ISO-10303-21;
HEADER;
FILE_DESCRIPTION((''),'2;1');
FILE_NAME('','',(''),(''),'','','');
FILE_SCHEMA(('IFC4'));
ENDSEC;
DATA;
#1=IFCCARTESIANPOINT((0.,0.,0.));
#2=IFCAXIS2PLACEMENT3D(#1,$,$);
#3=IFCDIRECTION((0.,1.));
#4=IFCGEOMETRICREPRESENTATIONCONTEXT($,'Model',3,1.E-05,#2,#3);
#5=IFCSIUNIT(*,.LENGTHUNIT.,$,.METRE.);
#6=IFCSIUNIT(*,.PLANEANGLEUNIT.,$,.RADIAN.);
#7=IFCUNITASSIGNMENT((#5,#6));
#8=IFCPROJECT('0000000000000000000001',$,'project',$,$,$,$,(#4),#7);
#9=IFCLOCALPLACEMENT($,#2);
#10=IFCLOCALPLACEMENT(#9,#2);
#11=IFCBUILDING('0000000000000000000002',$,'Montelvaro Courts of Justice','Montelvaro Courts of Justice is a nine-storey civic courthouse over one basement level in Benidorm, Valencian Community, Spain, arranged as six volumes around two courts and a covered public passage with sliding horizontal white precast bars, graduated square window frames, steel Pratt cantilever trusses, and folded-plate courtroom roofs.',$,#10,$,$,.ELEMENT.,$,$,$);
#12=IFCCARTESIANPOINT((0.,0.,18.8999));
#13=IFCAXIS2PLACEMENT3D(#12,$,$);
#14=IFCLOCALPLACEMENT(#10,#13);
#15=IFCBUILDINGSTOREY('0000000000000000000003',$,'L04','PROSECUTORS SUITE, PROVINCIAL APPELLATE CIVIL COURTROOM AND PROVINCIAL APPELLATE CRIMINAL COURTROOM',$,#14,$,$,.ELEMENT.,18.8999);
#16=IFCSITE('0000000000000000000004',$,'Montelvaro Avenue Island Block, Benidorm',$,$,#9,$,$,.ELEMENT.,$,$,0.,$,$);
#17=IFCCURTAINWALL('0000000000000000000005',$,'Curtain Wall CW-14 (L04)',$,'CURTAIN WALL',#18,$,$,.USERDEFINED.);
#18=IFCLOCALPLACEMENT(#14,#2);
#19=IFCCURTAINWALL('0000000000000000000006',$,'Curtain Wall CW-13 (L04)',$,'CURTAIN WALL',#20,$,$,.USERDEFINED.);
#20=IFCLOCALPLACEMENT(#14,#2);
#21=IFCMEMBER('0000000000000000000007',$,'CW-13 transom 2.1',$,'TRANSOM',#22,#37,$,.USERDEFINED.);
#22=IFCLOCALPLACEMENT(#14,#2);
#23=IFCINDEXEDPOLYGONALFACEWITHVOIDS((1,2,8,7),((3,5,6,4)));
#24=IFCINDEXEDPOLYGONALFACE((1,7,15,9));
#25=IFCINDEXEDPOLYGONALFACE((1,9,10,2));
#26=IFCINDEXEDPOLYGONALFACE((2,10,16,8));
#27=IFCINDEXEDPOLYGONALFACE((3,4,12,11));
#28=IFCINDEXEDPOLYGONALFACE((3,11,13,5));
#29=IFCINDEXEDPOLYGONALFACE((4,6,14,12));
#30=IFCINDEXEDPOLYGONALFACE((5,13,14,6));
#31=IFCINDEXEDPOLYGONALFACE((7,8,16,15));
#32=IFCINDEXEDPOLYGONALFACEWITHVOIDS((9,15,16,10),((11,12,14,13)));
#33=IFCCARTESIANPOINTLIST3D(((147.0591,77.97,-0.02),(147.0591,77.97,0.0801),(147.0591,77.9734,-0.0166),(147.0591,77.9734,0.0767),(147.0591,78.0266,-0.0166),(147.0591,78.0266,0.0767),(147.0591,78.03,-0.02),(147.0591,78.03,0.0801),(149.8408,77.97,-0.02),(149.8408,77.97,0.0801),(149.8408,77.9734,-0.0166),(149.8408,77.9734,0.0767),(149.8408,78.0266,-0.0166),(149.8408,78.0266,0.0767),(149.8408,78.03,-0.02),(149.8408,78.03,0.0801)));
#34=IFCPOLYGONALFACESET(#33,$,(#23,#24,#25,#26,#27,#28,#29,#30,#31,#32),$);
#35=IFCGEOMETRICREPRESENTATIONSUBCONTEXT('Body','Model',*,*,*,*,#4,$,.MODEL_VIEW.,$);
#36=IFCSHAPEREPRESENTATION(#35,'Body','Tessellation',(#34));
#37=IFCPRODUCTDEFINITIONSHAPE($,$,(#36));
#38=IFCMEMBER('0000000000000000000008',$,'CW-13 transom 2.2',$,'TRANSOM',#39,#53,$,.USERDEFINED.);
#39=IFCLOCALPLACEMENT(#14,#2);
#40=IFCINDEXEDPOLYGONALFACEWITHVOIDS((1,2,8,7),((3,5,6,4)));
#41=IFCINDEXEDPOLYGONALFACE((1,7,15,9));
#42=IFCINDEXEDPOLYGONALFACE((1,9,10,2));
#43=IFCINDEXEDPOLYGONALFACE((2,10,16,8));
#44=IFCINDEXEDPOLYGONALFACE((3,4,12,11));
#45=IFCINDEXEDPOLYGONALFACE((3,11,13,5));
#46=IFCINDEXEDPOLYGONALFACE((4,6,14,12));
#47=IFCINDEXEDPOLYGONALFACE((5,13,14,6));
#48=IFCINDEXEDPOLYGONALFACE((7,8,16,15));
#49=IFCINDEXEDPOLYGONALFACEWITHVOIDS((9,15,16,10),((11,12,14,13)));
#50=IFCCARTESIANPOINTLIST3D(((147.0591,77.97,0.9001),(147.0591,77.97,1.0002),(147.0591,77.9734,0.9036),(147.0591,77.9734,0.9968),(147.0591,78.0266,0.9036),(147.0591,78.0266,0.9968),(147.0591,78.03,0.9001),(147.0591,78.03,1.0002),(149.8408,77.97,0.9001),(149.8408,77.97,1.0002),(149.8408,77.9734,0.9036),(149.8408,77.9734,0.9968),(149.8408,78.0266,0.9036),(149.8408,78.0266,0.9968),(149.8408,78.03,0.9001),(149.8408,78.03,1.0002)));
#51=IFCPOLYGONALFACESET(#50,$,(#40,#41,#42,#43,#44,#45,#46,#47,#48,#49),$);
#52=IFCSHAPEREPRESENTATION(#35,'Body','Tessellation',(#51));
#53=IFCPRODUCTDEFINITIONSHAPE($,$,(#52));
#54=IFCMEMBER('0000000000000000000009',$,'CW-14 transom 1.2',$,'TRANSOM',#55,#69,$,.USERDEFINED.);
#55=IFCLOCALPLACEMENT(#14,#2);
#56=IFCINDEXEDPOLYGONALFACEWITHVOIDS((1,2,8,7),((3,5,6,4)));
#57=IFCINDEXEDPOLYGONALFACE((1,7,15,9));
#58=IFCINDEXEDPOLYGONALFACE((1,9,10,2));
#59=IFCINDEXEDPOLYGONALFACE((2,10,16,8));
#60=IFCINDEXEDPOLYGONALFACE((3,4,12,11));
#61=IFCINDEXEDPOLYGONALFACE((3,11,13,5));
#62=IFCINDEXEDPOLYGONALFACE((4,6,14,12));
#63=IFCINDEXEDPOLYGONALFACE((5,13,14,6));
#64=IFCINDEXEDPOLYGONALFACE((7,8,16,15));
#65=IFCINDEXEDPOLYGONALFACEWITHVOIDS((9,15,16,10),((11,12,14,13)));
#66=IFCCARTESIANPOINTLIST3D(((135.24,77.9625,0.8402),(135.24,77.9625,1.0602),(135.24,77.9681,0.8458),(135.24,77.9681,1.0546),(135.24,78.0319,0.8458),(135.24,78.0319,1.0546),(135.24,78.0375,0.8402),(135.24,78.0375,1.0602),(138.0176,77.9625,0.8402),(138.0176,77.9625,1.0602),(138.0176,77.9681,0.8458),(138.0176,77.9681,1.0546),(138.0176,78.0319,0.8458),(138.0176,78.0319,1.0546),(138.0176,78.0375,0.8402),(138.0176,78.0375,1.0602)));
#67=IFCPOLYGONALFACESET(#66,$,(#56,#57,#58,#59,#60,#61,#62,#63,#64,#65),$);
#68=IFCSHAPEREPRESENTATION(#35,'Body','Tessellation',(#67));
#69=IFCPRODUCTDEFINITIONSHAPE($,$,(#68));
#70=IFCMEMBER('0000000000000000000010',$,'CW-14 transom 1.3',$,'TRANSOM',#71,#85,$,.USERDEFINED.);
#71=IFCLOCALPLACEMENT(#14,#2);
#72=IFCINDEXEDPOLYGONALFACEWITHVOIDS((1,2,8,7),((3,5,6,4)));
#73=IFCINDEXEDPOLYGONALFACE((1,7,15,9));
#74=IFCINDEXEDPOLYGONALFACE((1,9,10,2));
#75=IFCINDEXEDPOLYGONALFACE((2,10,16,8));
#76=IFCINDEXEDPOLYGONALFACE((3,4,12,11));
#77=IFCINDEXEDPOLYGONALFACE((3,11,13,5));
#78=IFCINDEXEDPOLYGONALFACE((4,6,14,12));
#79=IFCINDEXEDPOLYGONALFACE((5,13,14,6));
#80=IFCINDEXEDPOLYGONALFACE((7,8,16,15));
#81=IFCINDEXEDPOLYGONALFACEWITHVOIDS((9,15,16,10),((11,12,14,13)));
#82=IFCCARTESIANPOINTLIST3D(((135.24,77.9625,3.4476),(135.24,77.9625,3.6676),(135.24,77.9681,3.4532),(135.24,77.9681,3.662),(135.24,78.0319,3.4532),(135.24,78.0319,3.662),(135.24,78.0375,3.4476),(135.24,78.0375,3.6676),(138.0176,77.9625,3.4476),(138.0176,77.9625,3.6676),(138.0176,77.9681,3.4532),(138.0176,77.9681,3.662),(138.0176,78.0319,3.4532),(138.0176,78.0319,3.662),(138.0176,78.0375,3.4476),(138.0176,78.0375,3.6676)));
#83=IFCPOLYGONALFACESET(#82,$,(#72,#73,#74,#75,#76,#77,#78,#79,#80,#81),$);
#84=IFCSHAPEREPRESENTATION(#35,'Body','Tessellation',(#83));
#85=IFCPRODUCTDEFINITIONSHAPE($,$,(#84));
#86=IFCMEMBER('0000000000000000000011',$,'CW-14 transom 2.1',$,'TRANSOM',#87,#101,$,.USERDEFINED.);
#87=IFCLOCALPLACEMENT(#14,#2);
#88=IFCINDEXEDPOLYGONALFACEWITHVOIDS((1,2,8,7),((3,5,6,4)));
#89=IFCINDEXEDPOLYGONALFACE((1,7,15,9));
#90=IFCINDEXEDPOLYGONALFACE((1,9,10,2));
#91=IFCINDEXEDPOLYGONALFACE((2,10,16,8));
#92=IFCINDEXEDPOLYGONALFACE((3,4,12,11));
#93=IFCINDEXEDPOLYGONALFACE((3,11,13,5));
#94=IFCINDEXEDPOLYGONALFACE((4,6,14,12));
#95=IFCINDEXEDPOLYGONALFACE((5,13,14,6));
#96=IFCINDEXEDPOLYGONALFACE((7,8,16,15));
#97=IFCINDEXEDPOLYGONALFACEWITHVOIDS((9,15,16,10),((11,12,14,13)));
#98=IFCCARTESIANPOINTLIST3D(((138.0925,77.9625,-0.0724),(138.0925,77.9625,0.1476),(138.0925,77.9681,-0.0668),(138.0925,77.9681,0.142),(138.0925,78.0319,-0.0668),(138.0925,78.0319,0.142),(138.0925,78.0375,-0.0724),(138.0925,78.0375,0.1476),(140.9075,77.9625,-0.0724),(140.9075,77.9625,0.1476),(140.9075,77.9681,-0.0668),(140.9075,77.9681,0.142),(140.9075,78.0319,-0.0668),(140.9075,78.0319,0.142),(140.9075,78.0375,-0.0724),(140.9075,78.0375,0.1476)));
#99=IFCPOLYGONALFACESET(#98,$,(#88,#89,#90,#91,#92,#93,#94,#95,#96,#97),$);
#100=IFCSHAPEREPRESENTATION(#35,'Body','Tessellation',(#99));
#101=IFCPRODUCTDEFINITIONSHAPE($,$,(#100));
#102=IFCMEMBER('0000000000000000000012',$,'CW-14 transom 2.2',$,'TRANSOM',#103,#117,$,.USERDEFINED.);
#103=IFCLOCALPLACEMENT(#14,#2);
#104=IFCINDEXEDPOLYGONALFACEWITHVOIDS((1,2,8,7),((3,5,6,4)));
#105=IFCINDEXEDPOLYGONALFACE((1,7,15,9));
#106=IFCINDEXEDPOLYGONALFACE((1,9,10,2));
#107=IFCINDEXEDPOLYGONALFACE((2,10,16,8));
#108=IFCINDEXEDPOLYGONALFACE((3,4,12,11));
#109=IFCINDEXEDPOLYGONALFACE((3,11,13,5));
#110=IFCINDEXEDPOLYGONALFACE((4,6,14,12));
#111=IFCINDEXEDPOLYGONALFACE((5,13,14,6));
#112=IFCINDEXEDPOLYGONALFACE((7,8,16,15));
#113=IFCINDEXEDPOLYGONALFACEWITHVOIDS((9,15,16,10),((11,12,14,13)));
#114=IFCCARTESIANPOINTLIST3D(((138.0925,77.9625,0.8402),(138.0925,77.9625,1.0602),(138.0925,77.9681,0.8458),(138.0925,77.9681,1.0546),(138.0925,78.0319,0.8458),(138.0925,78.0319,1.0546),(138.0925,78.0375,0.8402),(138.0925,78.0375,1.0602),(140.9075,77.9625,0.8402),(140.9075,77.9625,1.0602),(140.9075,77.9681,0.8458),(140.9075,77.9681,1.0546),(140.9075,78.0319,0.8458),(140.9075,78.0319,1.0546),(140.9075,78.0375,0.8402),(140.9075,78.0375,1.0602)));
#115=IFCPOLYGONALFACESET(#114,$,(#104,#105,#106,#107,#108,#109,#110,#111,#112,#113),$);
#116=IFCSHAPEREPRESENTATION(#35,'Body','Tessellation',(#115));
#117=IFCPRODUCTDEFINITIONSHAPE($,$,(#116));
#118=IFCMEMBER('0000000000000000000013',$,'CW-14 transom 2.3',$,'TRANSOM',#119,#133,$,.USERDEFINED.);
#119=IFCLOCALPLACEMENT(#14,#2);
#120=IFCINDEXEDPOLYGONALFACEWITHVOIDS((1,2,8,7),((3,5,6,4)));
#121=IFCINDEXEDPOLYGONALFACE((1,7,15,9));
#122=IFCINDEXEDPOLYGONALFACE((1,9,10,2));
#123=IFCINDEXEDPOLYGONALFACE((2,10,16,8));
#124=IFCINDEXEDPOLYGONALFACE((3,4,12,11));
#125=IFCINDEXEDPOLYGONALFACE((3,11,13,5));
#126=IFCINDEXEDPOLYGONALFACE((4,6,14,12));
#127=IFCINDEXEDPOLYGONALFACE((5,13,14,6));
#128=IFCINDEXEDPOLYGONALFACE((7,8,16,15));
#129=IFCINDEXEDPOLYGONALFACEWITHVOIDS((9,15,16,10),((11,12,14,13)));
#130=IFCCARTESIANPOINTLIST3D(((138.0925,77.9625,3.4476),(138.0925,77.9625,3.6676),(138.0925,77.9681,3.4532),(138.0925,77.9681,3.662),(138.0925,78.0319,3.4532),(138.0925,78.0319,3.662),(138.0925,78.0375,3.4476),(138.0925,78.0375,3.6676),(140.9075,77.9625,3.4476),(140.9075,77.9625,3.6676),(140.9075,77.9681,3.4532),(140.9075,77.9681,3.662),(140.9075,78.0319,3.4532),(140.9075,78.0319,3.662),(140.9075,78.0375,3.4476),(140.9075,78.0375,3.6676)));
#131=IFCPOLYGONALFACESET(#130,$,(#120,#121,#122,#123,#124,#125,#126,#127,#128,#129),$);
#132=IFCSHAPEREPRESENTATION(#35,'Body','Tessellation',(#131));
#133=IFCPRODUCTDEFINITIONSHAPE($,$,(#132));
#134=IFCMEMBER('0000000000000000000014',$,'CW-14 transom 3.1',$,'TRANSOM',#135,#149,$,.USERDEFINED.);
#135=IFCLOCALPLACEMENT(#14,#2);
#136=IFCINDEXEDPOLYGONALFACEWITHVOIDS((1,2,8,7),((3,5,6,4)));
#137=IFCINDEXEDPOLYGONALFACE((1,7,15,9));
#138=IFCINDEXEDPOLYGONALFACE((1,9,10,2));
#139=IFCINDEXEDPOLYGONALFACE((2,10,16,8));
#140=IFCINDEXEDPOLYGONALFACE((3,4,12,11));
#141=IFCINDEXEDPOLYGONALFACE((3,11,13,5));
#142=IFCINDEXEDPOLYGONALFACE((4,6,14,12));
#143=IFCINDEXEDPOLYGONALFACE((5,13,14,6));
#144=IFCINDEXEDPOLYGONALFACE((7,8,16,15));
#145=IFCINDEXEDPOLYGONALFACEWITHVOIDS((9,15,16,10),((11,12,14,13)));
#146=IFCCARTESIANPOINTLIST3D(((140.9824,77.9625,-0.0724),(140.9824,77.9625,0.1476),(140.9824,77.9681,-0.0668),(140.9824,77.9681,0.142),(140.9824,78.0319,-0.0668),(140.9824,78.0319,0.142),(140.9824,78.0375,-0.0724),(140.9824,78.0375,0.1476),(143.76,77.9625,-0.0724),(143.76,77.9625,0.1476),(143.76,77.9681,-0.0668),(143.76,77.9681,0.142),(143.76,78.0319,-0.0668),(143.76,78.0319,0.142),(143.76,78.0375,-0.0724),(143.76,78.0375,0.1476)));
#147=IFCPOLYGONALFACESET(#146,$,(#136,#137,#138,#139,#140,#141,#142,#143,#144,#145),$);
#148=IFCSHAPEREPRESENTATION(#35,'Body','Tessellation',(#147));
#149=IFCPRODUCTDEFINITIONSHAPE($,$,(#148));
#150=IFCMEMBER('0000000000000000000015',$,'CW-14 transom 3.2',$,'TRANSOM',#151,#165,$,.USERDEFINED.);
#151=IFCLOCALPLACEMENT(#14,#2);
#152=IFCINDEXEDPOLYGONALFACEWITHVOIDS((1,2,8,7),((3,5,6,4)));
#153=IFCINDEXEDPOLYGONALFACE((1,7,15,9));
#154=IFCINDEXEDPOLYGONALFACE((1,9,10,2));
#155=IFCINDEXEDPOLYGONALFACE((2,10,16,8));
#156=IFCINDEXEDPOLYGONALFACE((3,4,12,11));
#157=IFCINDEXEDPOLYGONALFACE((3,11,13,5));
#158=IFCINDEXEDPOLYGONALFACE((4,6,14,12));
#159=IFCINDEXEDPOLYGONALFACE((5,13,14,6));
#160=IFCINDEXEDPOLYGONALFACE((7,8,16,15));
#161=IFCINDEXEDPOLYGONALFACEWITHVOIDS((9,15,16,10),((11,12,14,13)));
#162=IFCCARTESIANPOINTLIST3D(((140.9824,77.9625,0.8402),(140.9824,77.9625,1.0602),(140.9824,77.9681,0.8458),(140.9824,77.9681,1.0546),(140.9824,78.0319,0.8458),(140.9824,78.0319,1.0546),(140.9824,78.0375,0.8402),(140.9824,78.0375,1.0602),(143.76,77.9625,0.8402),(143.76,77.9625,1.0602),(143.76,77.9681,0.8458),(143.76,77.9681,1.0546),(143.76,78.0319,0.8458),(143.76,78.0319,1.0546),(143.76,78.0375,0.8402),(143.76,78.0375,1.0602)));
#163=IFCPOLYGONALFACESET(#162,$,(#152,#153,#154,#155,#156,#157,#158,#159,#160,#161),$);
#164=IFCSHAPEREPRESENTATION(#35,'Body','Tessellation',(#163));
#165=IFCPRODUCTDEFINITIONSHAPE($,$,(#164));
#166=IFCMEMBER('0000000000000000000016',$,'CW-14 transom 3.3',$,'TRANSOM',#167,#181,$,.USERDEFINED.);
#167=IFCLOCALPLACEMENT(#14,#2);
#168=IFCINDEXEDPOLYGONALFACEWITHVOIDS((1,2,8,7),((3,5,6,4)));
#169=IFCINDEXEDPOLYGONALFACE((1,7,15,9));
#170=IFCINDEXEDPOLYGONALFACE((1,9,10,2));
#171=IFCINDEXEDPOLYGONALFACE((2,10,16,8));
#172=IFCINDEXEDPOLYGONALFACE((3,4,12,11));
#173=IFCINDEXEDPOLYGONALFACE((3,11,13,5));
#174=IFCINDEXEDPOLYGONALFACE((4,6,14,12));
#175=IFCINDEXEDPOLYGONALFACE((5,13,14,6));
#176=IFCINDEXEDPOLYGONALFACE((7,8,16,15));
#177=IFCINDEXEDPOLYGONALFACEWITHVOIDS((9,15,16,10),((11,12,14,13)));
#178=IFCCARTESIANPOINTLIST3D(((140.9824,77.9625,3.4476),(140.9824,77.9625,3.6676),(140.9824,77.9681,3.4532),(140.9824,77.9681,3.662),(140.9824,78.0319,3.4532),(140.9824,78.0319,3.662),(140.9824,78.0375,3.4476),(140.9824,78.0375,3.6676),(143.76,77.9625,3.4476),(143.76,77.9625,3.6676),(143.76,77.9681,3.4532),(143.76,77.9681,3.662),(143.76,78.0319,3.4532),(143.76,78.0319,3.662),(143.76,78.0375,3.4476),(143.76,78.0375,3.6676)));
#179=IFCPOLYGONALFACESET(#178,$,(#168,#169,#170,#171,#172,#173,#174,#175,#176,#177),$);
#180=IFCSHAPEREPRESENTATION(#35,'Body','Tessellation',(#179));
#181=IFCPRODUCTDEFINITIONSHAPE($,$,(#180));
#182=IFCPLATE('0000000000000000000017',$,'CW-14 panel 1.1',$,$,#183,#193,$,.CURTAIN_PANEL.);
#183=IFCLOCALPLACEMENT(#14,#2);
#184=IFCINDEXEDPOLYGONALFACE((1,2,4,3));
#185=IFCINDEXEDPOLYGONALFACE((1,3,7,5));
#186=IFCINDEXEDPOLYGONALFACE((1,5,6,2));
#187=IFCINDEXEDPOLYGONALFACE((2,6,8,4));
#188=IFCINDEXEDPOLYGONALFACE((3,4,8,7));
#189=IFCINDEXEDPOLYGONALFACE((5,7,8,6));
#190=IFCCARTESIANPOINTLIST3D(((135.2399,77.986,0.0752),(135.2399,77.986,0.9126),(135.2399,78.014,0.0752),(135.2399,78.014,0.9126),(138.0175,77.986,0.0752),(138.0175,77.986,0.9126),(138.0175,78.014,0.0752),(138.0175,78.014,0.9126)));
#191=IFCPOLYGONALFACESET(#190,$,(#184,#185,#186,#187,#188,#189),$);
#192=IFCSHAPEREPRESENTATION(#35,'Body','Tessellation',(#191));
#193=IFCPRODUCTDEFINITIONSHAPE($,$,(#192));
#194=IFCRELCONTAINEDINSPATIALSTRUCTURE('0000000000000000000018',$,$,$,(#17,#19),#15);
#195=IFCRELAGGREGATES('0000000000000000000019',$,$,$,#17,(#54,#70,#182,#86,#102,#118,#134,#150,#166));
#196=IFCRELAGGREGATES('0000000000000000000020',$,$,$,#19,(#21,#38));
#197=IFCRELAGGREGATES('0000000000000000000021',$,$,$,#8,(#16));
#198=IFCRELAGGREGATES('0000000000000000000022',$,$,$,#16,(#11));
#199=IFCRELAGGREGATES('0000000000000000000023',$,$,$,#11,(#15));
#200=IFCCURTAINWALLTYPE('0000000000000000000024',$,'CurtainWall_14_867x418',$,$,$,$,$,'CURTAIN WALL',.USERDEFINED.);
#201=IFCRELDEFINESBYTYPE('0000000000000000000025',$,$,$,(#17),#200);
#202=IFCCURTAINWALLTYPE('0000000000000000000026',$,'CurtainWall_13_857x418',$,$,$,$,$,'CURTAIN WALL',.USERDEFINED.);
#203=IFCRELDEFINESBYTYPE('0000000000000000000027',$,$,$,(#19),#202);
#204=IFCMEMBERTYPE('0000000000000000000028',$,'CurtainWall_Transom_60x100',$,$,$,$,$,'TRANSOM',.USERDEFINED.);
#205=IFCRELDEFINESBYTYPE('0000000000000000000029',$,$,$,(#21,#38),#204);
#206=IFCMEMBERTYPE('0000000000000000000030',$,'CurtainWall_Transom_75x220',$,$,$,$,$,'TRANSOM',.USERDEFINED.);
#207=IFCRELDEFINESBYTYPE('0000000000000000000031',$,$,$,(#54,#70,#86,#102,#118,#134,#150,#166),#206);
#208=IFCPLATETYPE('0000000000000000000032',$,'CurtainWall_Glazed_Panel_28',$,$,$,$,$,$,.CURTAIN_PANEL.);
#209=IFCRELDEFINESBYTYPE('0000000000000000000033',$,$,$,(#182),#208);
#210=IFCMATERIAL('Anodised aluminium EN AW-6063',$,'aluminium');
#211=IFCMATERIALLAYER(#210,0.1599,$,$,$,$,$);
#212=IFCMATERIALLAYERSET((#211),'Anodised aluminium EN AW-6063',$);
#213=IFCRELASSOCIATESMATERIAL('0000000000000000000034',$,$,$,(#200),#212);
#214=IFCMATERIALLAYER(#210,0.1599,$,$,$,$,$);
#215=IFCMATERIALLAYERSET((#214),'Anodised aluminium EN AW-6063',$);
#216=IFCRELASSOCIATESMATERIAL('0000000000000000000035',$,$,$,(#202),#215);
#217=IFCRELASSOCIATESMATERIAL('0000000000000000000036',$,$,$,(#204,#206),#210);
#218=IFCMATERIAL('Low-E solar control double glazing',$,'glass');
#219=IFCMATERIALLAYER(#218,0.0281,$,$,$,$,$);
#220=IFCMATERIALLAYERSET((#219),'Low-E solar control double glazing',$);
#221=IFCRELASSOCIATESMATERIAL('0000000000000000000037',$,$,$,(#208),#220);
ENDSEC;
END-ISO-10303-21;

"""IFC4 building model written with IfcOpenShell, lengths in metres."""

from ifc_helpers import new_model, si_unit, direction, frame, origin, origin_2d, place, context, subcontext, project, spatial, rectangle, hollow_rectangle, extrude, material, layer, layer_set, material_profile, profile_set, type_object, element, aggregate, save


model = new_model("IFC4")

# Units and contexts
model_context = context("Model", 3, precision=1e-05, world=origin(), true_north=direction((0.0, 1.0)))
body_context = subcontext(model_context, "Body", "Model", "MODEL_VIEW")
ifc_project = project(units=[si_unit("LENGTHUNIT", "METRE"), si_unit("PLANEANGLEUNIT", "RADIAN")], contexts=[model_context])

# Site, building, storey
site_placement = place(None, origin())
site = spatial("IfcSite", under=ifc_project, at=site_placement, Name="Montelvaro Avenue Island Block, Benidorm", CompositionType="ELEMENT", RefElevation=0.0)
building_placement = place(site_placement, origin())
building = spatial("IfcBuilding", under=site, at=building_placement, Name="Montelvaro Courts of Justice", Description="Montelvaro Courts of Justice is a nine-storey civic courthouse over one basement level in Benidorm, Valencian Community, Spain, arranged as six volumes around two courts and a covered public passage with sliding horizontal white precast bars, graduated square window frames, steel Pratt cantilever trusses, and folded-plate courtroom roofs.", CompositionType="ELEMENT")
storey_placement = place(building_placement, frame((0.0, 0.0, 18.8999)))
storey = spatial("IfcBuildingStorey", under=building, at=storey_placement, Name="L04", Description="PROSECUTORS SUITE, PROVINCIAL APPELLATE CIVIL COURTROOM AND PROVINCIAL APPELLATE CRIMINAL COURTROOM", CompositionType="ELEMENT", Elevation=18.8999)

# Curtain walls, members
ifc_material_1 = material(Name="Anodised aluminium EN AW-6063", Category="aluminium")
ifc_layer_1 = layer(ifc_material_1, 0.1599)
ifc_layer_set_1 = layer_set([ifc_layer_1], Name="Anodised aluminium EN AW-6063")
curtain_wall_type_1 = type_object("IfcCurtainWallType", Name="CurtainWall_14_867x418", ElementType="CURTAIN WALL", PredefinedType="USERDEFINED", material=ifc_layer_set_1)
curtain_wall_1_placement = place(storey_placement, origin())
curtain_wall_1 = element("IfcCurtainWall", 1, at=curtain_wall_1_placement, inside=storey, type_object=curtain_wall_type_1, Name="Curtain Wall CW-14 (L04)", ObjectType="CURTAIN WALL", PredefinedType="USERDEFINED")
ifc_layer_2 = layer(ifc_material_1, 0.1599)
ifc_layer_set_2 = layer_set([ifc_layer_2], Name="Anodised aluminium EN AW-6063")
curtain_wall_type_2 = type_object("IfcCurtainWallType", Name="CurtainWall_13_857x418", ElementType="CURTAIN WALL", PredefinedType="USERDEFINED", material=ifc_layer_set_2)
curtain_wall_2_placement = place(storey_placement, origin())
curtain_wall_2 = element("IfcCurtainWall", 2, at=curtain_wall_2_placement, inside=storey, type_object=curtain_wall_type_2, Name="Curtain Wall CW-13 (L04)", ObjectType="CURTAIN WALL", PredefinedType="USERDEFINED")
ifc_material_profile_1 = material_profile(ifc_material_1, hollow_rectangle(XDim=0.0601, YDim=0.1001, WallThickness=0.0034, at=origin_2d()), Name="ALU-T 60x100")
ifc_profile_set_1 = profile_set([ifc_material_profile_1], Name="Anodised aluminium EN AW-6063")
member_type_1 = type_object("IfcMemberType", Name="CurtainWall_Transom_60x100", ElementType="TRANSOM", PredefinedType="USERDEFINED", material=ifc_profile_set_1)
member_1_placement = place(storey_placement, frame((147.0591, 78.0, 0.03), z_axis=(1.0, 0.0, 0.0), x_axis=(0.0, 1.0, 0.0)))
member_1 = element("IfcMember", 3, at=member_1_placement, type_object=member_type_1, Name="CW-13 transom 2.1", ObjectType="TRANSOM", PredefinedType="USERDEFINED", context=body_context, shape_type="SweptSolid", body=[
    extrude(hollow_rectangle(XDim=0.0601, YDim=0.1001, WallThickness=0.0034, at=origin_2d()), origin(), (0.0, 0.0, 1.0), 2.7817),
])
member_2_placement = place(storey_placement, frame((147.0591, 78.0, 0.9502), z_axis=(1.0, 0.0, 0.0), x_axis=(0.0, 1.0, 0.0)))
member_2 = element("IfcMember", 4, at=member_2_placement, type_object=member_type_1, Name="CW-13 transom 2.2", ObjectType="TRANSOM", PredefinedType="USERDEFINED", context=body_context, shape_type="SweptSolid", body=[
    extrude(hollow_rectangle(XDim=0.0601, YDim=0.1001, WallThickness=0.0034, at=origin_2d()), origin(), (0.0, 0.0, 1.0), 2.7817),
])

# Members
ifc_material_profile_2 = material_profile(ifc_material_1, hollow_rectangle(XDim=0.075, YDim=0.22, WallThickness=0.0056, at=origin_2d()), Name="ALU-T 75x220")
ifc_profile_set_2 = profile_set([ifc_material_profile_2], Name="Anodised aluminium EN AW-6063")
member_type_2 = type_object("IfcMemberType", Name="CurtainWall_Transom_75x220", ElementType="TRANSOM", PredefinedType="USERDEFINED", material=ifc_profile_set_2)
member_3_placement = place(storey_placement, frame((135.24, 78.0, 0.9502), z_axis=(1.0, 0.0, 0.0), x_axis=(0.0, 1.0, 0.0)))
member_3 = element("IfcMember", 5, at=member_3_placement, type_object=member_type_2, Name="CW-14 transom 1.2", ObjectType="TRANSOM", PredefinedType="USERDEFINED", context=body_context, shape_type="SweptSolid", body=[
    extrude(hollow_rectangle(XDim=0.075, YDim=0.22, WallThickness=0.0056, at=origin_2d()), origin(), (0.0, 0.0, 1.0), 2.7776),
])
member_4_placement = place(storey_placement, frame((135.24, 78.0, 3.5576), z_axis=(1.0, 0.0, 0.0), x_axis=(0.0, 1.0, 0.0)))
member_4 = element("IfcMember", 6, at=member_4_placement, type_object=member_type_2, Name="CW-14 transom 1.3", ObjectType="TRANSOM", PredefinedType="USERDEFINED", context=body_context, shape_type="SweptSolid", body=[
    extrude(hollow_rectangle(XDim=0.075, YDim=0.22, WallThickness=0.0056, at=origin_2d()), origin(), (0.0, 0.0, 1.0), 2.7776),
])
member_5_placement = place(storey_placement, frame((138.0925, 78.0, 0.0376), z_axis=(1.0, 0.0, 0.0), x_axis=(0.0, 1.0, 0.0)))
member_5 = element("IfcMember", 7, at=member_5_placement, type_object=member_type_2, Name="CW-14 transom 2.1", ObjectType="TRANSOM", PredefinedType="USERDEFINED", context=body_context, shape_type="SweptSolid", body=[
    extrude(hollow_rectangle(XDim=0.075, YDim=0.22, WallThickness=0.0056, at=origin_2d()), origin(), (0.0, 0.0, 1.0), 2.8149),
])
member_6_placement = place(storey_placement, frame((138.0925, 78.0, 0.9502), z_axis=(1.0, 0.0, 0.0), x_axis=(0.0, 1.0, 0.0)))
member_6 = element("IfcMember", 8, at=member_6_placement, type_object=member_type_2, Name="CW-14 transom 2.2", ObjectType="TRANSOM", PredefinedType="USERDEFINED", context=body_context, shape_type="SweptSolid", body=[
    extrude(hollow_rectangle(XDim=0.075, YDim=0.22, WallThickness=0.0056, at=origin_2d()), origin(), (0.0, 0.0, 1.0), 2.8149),
])
member_7_placement = place(storey_placement, frame((138.0925, 78.0, 3.5576), z_axis=(1.0, 0.0, 0.0), x_axis=(0.0, 1.0, 0.0)))
member_7 = element("IfcMember", 9, at=member_7_placement, type_object=member_type_2, Name="CW-14 transom 2.3", ObjectType="TRANSOM", PredefinedType="USERDEFINED", context=body_context, shape_type="SweptSolid", body=[
    extrude(hollow_rectangle(XDim=0.075, YDim=0.22, WallThickness=0.0056, at=origin_2d()), origin(), (0.0, 0.0, 1.0), 2.8149),
])
member_8_placement = place(storey_placement, frame((140.9824, 78.0, 0.0376), z_axis=(1.0, 0.0, 0.0), x_axis=(0.0, 1.0, 0.0)))
member_8 = element("IfcMember", 10, at=member_8_placement, type_object=member_type_2, Name="CW-14 transom 3.1", ObjectType="TRANSOM", PredefinedType="USERDEFINED", context=body_context, shape_type="SweptSolid", body=[
    extrude(hollow_rectangle(XDim=0.075, YDim=0.22, WallThickness=0.0056, at=origin_2d()), origin(), (0.0, 0.0, 1.0), 2.7776),
])
member_9_placement = place(storey_placement, frame((140.9824, 78.0, 0.9502), z_axis=(1.0, 0.0, 0.0), x_axis=(0.0, 1.0, 0.0)))
member_9 = element("IfcMember", 11, at=member_9_placement, type_object=member_type_2, Name="CW-14 transom 3.2", ObjectType="TRANSOM", PredefinedType="USERDEFINED", context=body_context, shape_type="SweptSolid", body=[
    extrude(hollow_rectangle(XDim=0.075, YDim=0.22, WallThickness=0.0056, at=origin_2d()), origin(), (0.0, 0.0, 1.0), 2.7776),
])
member_10_placement = place(storey_placement, frame((140.9824, 78.0, 3.5576), z_axis=(1.0, 0.0, 0.0), x_axis=(0.0, 1.0, 0.0)))
member_10 = element("IfcMember", 12, at=member_10_placement, type_object=member_type_2, Name="CW-14 transom 3.3", ObjectType="TRANSOM", PredefinedType="USERDEFINED", context=body_context, shape_type="SweptSolid", body=[
    extrude(hollow_rectangle(XDim=0.075, YDim=0.22, WallThickness=0.0056, at=origin_2d()), origin(), (0.0, 0.0, 1.0), 2.7776),
])

# Plate
ifc_material_2 = material(Name="Low-E solar control double glazing", Category="glass")
ifc_layer_3 = layer(ifc_material_2, 0.0281)
ifc_layer_set_3 = layer_set([ifc_layer_3], Name="Low-E solar control double glazing")
plate_type_1 = type_object("IfcPlateType", Name="CurtainWall_Glazed_Panel_28", PredefinedType="CURTAIN_PANEL", material=ifc_layer_set_3)
plate_1_placement = place(storey_placement, frame((136.6287, 78.0, 0.0752), z_axis=(0.0, 0.0, 1.0), x_axis=(1.0, 0.0, 0.0)))
plate_1 = element("IfcPlate", 13, at=plate_1_placement, type_object=plate_type_1, Name="CW-14 panel 1.1", PredefinedType="CURTAIN_PANEL", context=body_context, shape_type="SweptSolid", body=[
    extrude(rectangle(XDim=2.7776, YDim=0.0281, at=origin_2d()), origin(), (0.0, 0.0, 1.0), 0.8374),
])
aggregate(curtain_wall_1, [member_3, member_4, plate_1, member_5, member_6, member_7, member_8, member_9, member_10])
aggregate(curtain_wall_2, [member_1, member_2])

save(model, "model.ifc")
